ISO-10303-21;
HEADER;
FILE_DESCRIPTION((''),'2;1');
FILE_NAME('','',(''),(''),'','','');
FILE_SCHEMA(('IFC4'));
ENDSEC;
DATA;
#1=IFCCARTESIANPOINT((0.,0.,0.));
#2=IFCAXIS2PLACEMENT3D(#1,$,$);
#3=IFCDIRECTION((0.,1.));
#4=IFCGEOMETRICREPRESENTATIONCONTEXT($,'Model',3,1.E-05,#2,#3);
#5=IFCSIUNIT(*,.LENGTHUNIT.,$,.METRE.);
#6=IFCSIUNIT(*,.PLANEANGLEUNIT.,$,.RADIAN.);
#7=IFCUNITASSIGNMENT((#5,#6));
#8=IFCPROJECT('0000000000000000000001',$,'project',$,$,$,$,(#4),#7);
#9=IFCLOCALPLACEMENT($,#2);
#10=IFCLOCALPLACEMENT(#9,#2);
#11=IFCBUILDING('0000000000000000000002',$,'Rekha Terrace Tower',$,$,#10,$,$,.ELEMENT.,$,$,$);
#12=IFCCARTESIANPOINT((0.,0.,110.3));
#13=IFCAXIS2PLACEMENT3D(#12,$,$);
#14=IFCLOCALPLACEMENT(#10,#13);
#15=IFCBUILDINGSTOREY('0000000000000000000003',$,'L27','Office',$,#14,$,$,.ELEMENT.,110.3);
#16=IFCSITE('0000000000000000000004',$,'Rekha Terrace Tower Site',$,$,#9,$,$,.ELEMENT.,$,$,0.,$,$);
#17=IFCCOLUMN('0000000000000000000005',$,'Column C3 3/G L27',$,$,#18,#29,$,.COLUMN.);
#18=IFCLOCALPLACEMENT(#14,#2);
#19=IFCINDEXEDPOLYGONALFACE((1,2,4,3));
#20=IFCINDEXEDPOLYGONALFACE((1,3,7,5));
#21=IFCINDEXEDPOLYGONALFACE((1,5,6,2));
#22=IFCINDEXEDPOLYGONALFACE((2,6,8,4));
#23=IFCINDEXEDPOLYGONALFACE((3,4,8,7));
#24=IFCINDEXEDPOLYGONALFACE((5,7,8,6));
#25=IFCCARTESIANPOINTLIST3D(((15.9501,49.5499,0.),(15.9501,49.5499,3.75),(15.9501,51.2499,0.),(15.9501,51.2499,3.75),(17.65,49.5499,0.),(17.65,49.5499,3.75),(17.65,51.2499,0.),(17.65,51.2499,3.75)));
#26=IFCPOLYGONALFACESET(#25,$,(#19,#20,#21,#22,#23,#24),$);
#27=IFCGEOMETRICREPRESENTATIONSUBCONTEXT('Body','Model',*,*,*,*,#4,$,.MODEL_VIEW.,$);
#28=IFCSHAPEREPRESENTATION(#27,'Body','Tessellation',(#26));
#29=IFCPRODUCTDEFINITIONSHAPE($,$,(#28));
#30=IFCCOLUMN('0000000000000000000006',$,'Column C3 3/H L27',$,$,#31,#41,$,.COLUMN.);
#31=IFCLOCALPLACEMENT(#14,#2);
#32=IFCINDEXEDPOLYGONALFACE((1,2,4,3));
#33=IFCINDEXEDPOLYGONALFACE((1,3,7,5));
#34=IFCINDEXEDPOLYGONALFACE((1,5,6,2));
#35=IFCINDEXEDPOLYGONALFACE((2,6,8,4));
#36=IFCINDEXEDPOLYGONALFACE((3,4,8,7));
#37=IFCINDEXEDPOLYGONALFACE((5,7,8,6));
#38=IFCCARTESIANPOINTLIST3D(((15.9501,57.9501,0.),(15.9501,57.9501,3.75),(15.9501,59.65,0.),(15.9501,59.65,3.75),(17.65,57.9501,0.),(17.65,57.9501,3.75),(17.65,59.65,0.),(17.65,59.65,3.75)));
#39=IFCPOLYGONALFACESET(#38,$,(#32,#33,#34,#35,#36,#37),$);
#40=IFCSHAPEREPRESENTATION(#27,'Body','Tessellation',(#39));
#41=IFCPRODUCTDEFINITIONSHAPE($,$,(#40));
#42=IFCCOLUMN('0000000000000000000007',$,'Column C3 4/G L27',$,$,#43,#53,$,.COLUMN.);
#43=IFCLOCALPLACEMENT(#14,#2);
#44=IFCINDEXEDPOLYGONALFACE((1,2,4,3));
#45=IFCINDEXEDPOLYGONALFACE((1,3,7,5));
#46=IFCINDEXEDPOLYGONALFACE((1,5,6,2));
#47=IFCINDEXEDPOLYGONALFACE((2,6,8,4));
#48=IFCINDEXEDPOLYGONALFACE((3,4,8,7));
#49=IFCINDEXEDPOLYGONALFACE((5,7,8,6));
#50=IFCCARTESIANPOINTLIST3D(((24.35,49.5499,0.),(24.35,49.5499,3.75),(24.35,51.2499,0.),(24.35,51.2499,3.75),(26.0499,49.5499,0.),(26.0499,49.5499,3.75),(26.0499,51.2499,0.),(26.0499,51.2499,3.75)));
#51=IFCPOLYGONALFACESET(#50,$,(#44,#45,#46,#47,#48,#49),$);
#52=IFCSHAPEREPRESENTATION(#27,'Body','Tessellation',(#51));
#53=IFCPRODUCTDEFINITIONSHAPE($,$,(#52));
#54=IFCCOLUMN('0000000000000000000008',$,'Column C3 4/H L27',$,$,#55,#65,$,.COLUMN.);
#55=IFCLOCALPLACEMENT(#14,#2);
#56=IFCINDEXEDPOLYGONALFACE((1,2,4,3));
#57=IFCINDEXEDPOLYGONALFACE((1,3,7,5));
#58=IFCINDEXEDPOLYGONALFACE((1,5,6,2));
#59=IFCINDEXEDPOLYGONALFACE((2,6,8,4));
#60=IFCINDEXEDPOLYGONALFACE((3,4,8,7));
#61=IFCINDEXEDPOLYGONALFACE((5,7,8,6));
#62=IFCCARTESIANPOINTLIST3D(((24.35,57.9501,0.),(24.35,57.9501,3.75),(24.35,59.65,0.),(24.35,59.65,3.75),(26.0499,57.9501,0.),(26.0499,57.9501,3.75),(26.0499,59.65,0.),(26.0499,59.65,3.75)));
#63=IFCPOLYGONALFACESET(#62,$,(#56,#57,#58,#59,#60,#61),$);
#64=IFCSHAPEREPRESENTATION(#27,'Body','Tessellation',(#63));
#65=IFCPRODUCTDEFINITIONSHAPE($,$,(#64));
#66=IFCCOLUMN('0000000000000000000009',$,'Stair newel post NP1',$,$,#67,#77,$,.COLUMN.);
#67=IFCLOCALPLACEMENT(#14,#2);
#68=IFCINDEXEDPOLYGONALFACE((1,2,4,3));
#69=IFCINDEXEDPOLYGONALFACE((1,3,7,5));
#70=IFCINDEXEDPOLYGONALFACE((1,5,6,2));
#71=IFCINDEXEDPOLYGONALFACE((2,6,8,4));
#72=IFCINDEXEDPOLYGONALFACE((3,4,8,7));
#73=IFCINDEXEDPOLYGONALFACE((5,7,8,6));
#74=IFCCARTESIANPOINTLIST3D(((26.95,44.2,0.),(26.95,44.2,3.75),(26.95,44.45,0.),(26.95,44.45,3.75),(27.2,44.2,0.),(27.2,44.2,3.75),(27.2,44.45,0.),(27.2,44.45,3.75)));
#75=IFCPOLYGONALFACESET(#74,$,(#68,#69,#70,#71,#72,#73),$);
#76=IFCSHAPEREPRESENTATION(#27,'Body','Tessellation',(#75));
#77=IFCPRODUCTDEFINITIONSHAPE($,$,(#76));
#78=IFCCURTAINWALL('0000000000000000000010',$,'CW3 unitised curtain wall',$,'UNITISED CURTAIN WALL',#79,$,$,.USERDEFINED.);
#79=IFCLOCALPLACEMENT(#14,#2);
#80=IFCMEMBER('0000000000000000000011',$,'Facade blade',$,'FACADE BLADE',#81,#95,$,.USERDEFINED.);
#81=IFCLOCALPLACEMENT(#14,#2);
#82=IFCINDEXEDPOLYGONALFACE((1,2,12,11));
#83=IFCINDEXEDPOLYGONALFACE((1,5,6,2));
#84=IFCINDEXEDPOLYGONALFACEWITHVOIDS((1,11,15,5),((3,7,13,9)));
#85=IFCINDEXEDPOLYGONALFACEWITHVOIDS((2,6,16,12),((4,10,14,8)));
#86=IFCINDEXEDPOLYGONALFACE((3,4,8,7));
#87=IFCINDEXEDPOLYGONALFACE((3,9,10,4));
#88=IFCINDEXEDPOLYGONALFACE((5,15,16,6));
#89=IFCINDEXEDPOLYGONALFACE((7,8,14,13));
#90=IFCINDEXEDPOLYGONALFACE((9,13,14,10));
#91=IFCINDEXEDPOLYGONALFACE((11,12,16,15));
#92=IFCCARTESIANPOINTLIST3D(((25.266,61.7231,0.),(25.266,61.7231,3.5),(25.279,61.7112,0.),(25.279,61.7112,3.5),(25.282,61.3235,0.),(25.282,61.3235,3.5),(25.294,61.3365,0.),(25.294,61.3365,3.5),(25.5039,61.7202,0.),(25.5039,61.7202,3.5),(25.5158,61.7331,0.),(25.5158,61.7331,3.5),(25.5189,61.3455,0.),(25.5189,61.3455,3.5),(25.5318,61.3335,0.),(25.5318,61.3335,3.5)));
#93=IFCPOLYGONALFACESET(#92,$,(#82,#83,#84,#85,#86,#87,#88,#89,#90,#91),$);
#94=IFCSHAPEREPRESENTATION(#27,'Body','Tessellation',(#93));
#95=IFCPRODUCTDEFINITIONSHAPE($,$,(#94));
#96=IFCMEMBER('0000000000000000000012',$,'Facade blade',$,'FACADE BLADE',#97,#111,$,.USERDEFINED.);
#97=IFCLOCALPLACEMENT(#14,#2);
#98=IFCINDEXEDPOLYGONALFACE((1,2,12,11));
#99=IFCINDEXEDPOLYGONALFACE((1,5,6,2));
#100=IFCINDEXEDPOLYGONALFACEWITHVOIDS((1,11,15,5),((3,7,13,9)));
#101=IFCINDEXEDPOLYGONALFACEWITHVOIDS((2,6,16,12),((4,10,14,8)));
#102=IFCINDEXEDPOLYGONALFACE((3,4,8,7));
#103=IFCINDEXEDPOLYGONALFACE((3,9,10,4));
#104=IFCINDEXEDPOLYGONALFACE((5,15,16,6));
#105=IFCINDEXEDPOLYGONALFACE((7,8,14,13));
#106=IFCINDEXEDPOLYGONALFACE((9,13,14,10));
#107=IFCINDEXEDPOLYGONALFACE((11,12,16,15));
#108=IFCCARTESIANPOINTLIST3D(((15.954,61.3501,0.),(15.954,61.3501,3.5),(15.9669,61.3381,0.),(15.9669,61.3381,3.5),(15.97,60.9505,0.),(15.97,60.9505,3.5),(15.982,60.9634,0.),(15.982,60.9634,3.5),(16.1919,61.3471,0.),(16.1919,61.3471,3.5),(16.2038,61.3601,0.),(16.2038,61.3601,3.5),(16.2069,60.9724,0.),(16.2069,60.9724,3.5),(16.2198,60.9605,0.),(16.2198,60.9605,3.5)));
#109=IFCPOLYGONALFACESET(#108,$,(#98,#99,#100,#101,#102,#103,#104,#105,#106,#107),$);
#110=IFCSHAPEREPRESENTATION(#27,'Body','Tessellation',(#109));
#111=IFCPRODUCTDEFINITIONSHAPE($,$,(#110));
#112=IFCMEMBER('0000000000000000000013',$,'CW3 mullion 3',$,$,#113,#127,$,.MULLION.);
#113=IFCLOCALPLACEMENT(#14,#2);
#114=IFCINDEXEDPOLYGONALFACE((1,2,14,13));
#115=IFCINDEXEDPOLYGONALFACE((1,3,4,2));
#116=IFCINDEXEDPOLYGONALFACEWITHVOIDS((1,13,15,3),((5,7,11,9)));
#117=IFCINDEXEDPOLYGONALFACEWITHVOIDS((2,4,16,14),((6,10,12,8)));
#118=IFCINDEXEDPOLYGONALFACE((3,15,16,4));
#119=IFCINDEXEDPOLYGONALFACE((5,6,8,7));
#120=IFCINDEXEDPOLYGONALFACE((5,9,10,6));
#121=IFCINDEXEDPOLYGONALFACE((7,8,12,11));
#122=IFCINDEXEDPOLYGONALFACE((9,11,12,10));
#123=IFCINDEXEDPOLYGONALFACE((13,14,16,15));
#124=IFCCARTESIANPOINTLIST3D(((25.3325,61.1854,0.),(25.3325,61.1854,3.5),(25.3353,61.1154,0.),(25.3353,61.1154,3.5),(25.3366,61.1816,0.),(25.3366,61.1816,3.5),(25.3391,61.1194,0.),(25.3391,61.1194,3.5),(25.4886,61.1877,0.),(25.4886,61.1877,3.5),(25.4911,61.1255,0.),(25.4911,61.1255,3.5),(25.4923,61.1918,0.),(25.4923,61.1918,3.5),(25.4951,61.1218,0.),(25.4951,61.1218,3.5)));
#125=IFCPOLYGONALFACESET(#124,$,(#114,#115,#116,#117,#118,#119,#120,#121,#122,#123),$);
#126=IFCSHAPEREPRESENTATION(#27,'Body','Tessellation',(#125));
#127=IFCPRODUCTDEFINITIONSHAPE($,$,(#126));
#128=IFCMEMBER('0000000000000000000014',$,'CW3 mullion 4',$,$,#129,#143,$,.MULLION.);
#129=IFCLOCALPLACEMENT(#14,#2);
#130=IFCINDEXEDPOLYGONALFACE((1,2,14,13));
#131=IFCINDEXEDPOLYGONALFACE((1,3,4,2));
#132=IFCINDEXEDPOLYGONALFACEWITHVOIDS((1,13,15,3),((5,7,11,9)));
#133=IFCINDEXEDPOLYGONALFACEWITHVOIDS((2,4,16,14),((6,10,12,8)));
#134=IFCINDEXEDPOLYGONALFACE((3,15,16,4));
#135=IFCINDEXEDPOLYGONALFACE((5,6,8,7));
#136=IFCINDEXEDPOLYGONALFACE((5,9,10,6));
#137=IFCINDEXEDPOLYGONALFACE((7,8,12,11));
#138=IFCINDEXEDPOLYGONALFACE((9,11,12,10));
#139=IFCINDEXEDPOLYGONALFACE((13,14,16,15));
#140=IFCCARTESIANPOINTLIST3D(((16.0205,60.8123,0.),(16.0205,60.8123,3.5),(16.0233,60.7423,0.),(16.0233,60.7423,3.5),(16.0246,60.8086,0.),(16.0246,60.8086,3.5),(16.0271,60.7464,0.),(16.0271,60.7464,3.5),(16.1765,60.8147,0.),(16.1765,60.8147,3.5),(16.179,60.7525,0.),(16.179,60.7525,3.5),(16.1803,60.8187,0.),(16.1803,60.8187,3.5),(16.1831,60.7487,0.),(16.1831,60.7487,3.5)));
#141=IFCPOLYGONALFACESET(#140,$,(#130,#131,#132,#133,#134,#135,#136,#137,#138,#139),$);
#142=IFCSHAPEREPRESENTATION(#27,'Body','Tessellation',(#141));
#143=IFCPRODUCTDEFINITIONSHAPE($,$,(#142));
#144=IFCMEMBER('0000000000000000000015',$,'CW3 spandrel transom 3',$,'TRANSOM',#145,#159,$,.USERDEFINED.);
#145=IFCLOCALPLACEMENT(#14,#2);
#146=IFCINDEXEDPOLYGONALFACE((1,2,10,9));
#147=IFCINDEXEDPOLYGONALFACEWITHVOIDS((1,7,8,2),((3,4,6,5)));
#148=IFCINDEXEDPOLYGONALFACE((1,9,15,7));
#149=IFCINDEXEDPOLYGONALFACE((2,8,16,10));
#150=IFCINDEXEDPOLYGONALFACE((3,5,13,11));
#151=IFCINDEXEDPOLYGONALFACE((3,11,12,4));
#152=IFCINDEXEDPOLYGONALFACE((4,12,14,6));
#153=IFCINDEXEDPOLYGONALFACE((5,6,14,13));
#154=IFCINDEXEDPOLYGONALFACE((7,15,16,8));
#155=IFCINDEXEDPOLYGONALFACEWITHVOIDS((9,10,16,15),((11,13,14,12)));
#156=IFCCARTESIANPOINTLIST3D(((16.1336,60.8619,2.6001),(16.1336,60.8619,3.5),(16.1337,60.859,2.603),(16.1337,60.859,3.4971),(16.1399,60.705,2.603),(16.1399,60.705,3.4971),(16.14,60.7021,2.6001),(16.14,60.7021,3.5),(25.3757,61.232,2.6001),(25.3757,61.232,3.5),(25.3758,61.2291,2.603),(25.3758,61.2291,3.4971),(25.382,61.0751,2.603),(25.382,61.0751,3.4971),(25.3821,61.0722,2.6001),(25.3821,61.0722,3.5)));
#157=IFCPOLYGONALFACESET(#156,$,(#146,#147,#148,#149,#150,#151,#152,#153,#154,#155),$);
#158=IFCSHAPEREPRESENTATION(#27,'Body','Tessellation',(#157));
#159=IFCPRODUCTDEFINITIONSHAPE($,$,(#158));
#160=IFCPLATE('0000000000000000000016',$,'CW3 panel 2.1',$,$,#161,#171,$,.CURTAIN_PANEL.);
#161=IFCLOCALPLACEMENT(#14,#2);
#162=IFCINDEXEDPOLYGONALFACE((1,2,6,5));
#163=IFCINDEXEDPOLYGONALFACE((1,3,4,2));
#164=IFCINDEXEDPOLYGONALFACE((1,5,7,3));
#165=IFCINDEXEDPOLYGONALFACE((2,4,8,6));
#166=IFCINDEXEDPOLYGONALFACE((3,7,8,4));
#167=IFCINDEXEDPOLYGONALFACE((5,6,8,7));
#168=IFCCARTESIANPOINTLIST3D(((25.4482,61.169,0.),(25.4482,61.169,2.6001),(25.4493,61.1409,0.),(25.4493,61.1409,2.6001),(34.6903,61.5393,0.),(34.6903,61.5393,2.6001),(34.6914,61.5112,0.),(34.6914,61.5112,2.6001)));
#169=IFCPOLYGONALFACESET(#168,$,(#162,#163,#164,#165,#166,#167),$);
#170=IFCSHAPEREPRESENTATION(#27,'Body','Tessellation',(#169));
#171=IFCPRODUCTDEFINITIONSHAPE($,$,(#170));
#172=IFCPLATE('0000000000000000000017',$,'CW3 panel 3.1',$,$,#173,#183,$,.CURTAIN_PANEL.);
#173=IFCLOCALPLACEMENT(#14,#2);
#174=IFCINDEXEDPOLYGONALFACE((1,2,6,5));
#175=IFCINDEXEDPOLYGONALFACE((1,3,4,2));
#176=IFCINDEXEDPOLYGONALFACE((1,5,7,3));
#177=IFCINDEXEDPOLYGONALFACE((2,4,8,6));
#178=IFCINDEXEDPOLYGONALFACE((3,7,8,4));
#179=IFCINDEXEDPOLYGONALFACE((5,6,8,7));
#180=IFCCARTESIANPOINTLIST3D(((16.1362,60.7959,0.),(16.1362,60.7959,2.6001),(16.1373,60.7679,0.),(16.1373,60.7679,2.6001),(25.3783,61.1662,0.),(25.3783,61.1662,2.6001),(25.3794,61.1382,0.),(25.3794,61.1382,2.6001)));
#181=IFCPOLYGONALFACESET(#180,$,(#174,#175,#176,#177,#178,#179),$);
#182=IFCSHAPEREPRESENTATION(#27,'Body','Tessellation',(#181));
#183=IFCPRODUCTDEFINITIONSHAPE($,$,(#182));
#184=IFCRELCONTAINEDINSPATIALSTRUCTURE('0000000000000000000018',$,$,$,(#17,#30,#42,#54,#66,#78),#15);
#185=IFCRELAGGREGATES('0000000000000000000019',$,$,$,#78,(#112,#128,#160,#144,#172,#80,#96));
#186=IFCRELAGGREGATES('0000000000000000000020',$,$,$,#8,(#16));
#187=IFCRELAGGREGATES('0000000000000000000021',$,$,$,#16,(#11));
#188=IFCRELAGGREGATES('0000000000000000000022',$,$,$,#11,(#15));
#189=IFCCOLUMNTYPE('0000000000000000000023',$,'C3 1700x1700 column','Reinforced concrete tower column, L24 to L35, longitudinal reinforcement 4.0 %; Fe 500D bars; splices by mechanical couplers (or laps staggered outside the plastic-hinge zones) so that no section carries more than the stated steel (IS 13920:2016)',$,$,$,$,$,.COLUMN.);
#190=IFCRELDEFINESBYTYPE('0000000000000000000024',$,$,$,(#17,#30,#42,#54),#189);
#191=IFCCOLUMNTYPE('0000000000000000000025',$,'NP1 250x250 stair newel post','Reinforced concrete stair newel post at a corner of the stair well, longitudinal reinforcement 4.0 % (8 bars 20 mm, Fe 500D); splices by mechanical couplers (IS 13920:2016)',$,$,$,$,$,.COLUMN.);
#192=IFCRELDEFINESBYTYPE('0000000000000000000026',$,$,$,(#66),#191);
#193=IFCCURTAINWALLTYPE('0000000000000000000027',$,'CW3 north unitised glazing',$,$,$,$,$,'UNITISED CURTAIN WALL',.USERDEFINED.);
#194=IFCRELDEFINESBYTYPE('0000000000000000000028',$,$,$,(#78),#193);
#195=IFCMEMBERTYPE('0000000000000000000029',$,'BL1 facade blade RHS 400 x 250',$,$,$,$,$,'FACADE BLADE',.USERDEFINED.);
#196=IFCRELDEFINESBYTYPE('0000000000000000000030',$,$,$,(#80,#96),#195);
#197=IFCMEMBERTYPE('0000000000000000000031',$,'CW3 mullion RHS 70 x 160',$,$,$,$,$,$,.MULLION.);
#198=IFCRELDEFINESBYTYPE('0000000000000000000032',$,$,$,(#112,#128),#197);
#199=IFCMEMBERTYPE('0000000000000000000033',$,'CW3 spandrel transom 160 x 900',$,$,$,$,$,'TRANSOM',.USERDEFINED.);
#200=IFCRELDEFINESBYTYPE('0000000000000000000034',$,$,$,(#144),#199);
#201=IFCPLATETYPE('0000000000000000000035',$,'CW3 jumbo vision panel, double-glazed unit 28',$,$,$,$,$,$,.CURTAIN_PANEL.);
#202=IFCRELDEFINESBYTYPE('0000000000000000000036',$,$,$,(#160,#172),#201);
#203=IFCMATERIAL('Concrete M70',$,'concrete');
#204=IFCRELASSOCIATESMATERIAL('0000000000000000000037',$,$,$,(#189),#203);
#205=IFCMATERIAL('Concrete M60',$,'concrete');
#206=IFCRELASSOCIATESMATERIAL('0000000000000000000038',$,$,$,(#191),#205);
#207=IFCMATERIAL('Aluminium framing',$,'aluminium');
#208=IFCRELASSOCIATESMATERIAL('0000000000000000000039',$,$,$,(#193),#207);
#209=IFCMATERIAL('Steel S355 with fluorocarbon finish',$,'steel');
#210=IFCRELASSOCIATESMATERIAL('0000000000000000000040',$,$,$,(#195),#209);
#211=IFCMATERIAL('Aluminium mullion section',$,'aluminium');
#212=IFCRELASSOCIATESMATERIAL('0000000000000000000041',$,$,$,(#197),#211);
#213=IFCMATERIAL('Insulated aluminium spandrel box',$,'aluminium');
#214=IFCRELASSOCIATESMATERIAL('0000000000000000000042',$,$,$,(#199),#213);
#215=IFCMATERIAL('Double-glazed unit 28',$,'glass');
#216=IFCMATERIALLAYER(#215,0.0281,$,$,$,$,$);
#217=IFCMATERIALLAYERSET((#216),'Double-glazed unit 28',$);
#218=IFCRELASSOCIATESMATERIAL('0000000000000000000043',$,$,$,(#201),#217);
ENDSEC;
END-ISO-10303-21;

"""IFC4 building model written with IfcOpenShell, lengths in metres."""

from ifc_helpers import new_model, si_unit, direction, frame, origin, origin_2d, place, context, subcontext, project, spatial, rectangle, hollow_rectangle, extrude, material, layer, layer_set, material_profile, profile_set, type_object, element, aggregate, save


model = new_model("IFC4")

# Units and contexts
model_context = context("Model", 3, precision=1e-05, world=origin(), true_north=direction((0.0, 1.0)))
body_context = subcontext(model_context, "Body", "Model", "MODEL_VIEW")
ifc_project = project(units=[si_unit("LENGTHUNIT", "METRE"), si_unit("PLANEANGLEUNIT", "RADIAN")], contexts=[model_context])

# Site, building, storey
site_placement = place(None, origin())
site = spatial("IfcSite", under=ifc_project, at=site_placement, Name="Rekha Terrace Tower Site", CompositionType="ELEMENT", RefElevation=0.0)
building_placement = place(site_placement, origin())
building = spatial("IfcBuilding", under=site, at=building_placement, Name="Rekha Terrace Tower", CompositionType="ELEMENT")
storey_placement = place(building_placement, frame((0.0, 0.0, 110.3)))
storey = spatial("IfcBuildingStorey", under=building, at=storey_placement, Name="L27", Description="Office", CompositionType="ELEMENT", Elevation=110.3)

# Columns
ifc_material_1 = material(Name="Concrete M70", Category="concrete")
ifc_material_profile_1 = material_profile(ifc_material_1, rectangle(XDim=1.7, YDim=1.7, at=origin_2d()), Name="RC 1700x1700")
ifc_profile_set_1 = profile_set([ifc_material_profile_1], Name="Concrete M70")
column_type_1 = type_object("IfcColumnType", Name="C3 1700x1700 column", Description="Reinforced concrete tower column, L24 to L35, longitudinal reinforcement 4.0 %; Fe 500D bars; splices by mechanical couplers (or laps staggered outside the plastic-hinge zones) so that no section carries more than the stated steel (IS 13920:2016)", PredefinedType="COLUMN", material=ifc_profile_set_1)
for number, where, z_axis, x_axis, name in (
    (1, (16.8, 50.3999, 0.0), (0.0, 0.0, 1.0), (1.0, 0.0, 0.0), "Column C3 3/G L27"),
    (2, (16.8, 58.8, 0.0), (0.0, 0.0, 1.0), (1.0, 0.0, 0.0), "Column C3 3/H L27"),
    (3, (25.2, 50.3999, 0.0), (0.0, 0.0, 1.0), (1.0, 0.0, 0.0), "Column C3 4/G L27"),
    (4, (25.2, 58.8, 0.0), (0.0, 0.0, 1.0), (1.0, 0.0, 0.0), "Column C3 4/H L27"),
):
    element("IfcColumn", number, at=place(storey_placement, frame(where, z_axis=z_axis, x_axis=x_axis)), inside=storey, type_object=column_type_1, Name=name, PredefinedType="COLUMN", context=body_context, shape_type="SweptSolid", body=[
        extrude(rectangle(XDim=1.7, YDim=1.7, at=origin_2d()), origin(), (0.0, 0.0, 1.0), 3.75),
    ])
ifc_material_2 = material(Name="Concrete M60", Category="concrete")
ifc_material_profile_2 = material_profile(ifc_material_2, rectangle(XDim=0.25, YDim=0.25, at=origin_2d()), Name="RC 250x250")
ifc_profile_set_2 = profile_set([ifc_material_profile_2], Name="Concrete M60")
column_type_2 = type_object("IfcColumnType", Name="NP1 250x250 stair newel post", Description="Reinforced concrete stair newel post at a corner of the stair well, longitudinal reinforcement 4.0 % (8 bars 20 mm, Fe 500D); splices by mechanical couplers (IS 13920:2016)", PredefinedType="COLUMN", material=ifc_profile_set_2)
column_placement = place(storey_placement, frame((27.075, 44.325, 0.0), z_axis=(0.0, 0.0, 1.0), x_axis=(1.0, 0.0, 0.0)))
element("IfcColumn", 5, at=column_placement, inside=storey, type_object=column_type_2, Name="Stair newel post NP1", PredefinedType="COLUMN", context=body_context, shape_type="SweptSolid", body=[
    extrude(rectangle(XDim=0.25, YDim=0.25, at=origin_2d()), origin(), (0.0, 0.0, 1.0), 3.75),
])

# Curtain wall, members, plates
ifc_material_3 = material(Name="Aluminium framing", Category="aluminium")
curtain_wall_type = type_object("IfcCurtainWallType", Name="CW3 north unitised glazing", ElementType="UNITISED CURTAIN WALL", PredefinedType="USERDEFINED", material=ifc_material_3)
curtain_wall_placement = place(storey_placement, origin())
curtain_wall = element("IfcCurtainWall", 6, at=curtain_wall_placement, inside=storey, type_object=curtain_wall_type, Name="CW3 unitised curtain wall", ObjectType="UNITISED CURTAIN WALL", PredefinedType="USERDEFINED")
ifc_material_4 = material(Name="Steel S355 with fluorocarbon finish", Category="steel")
ifc_material_profile_3 = material_profile(ifc_material_4, hollow_rectangle(XDim=0.25, YDim=0.3999, WallThickness=0.0125, at=origin_2d()), Name="RHS400x250x12.5")
ifc_profile_set_3 = profile_set([ifc_material_profile_3], Name="Steel S355 with fluorocarbon finish")
member_type_1 = type_object("IfcMemberType", Name="BL1 facade blade RHS 400 x 250", ElementType="FACADE BLADE", PredefinedType="USERDEFINED", material=ifc_profile_set_3)
member_1_placement = place(storey_placement, frame((25.3989, 61.5283, 0.0), z_axis=(0.0, 0.0, 1.0), x_axis=(-0.999198, -0.040032, 0.0)))
member_1 = element("IfcMember", 7, at=member_1_placement, type_object=member_type_1, Name="Facade blade", ObjectType="FACADE BLADE", PredefinedType="USERDEFINED", context=body_context, shape_type="SweptSolid", body=[
    extrude(hollow_rectangle(XDim=0.25, YDim=0.3999, WallThickness=0.0125, at=origin_2d()), origin(), (0.0, 0.0, 1.0), 3.5),
])
member_2_placement = place(storey_placement, frame((16.0869, 61.1553, 0.0), z_axis=(0.0, 0.0, 1.0), x_axis=(-0.999198, -0.040032, 0.0)))
member_2 = element("IfcMember", 8, at=member_2_placement, type_object=member_type_1, Name="Facade blade", ObjectType="FACADE BLADE", PredefinedType="USERDEFINED", context=body_context, shape_type="SweptSolid", body=[
    extrude(hollow_rectangle(XDim=0.25, YDim=0.3999, WallThickness=0.0125, at=origin_2d()), origin(), (0.0, 0.0, 1.0), 3.5),
])
ifc_material_5 = material(Name="Aluminium mullion section", Category="aluminium")
ifc_material_profile_4 = material_profile(ifc_material_5, hollow_rectangle(XDim=0.0701, YDim=0.1599, WallThickness=0.0039, at=origin_2d()), Name="AL RHS 70x160")
ifc_profile_set_4 = profile_set([ifc_material_profile_4], Name="Aluminium mullion section")
member_type_2 = type_object("IfcMemberType", Name="CW3 mullion RHS 70 x 160", PredefinedType="MULLION", material=ifc_profile_set_4)
member_3_placement = place(storey_placement, frame((25.4138, 61.1536, 0.0), z_axis=(0.0, 0.0, 1.0), x_axis=(0.040032, -0.999198, 0.0)))
member_3 = element("IfcMember", 9, at=member_3_placement, type_object=member_type_2, Name="CW3 mullion 3", PredefinedType="MULLION", context=body_context, shape_type="SweptSolid", body=[
    extrude(hollow_rectangle(XDim=0.0701, YDim=0.1599, WallThickness=0.0039, at=origin_2d()), origin(), (0.0, 0.0, 1.0), 3.5),
])
member_4_placement = place(storey_placement, frame((16.1018, 60.7805, 0.0), z_axis=(0.0, 0.0, 1.0), x_axis=(0.040032, -0.999198, 0.0)))
member_4 = element("IfcMember", 10, at=member_4_placement, type_object=member_type_2, Name="CW3 mullion 4", PredefinedType="MULLION", context=body_context, shape_type="SweptSolid", body=[
    extrude(hollow_rectangle(XDim=0.0701, YDim=0.1599, WallThickness=0.0039, at=origin_2d()), origin(), (0.0, 0.0, 1.0), 3.5),
])
ifc_material_6 = material(Name="Insulated aluminium spandrel box", Category="aluminium")
ifc_material_profile_5 = material_profile(ifc_material_6, hollow_rectangle(XDim=0.1599, YDim=0.8999, WallThickness=0.0029, at=origin_2d()), Name="AL SPANDREL BOX 160x900")
ifc_profile_set_5 = profile_set([ifc_material_profile_5], Name="Insulated aluminium spandrel box")
member_type_3 = type_object("IfcMemberType", Name="CW3 spandrel transom 160 x 900", ElementType="TRANSOM", PredefinedType="USERDEFINED", material=ifc_profile_set_5)
member_5_placement = place(storey_placement, frame((25.3789, 61.1521, 3.05), z_axis=(-0.999199, -0.040014, 0.0), x_axis=(0.040014, -0.999199, 0.0)))
member_5 = element("IfcMember", 11, at=member_5_placement, type_object=member_type_3, Name="CW3 spandrel transom 3", ObjectType="TRANSOM", PredefinedType="USERDEFINED", context=body_context, shape_type="SweptSolid", body=[
    extrude(hollow_rectangle(XDim=0.1599, YDim=0.8999, WallThickness=0.0029, at=origin_2d()), origin(), (0.0, 0.0, 1.0), 9.2495),
])
ifc_material_7 = material(Name="Double-glazed unit 28", Category="glass")
ifc_layer_1 = layer(ifc_material_7, 0.0281)
ifc_layer_set_1 = layer_set([ifc_layer_1], Name="Double-glazed unit 28")
plate_type = type_object("IfcPlateType", Name="CW3 jumbo vision panel, double-glazed unit 28", PredefinedType="CURTAIN_PANEL", material=ifc_layer_set_1)
plate_1_placement = place(storey_placement, frame((30.0698, 61.3401, 0.0), z_axis=(0.0, 0.0, 1.0), x_axis=(-0.999198, -0.040032, 0.0)))
plate_1 = element("IfcPlate", 12, at=plate_1_placement, type_object=plate_type, Name="CW3 panel 2.1", PredefinedType="CURTAIN_PANEL", context=body_context, shape_type="SweptSolid", body=[
    extrude(rectangle(XDim=9.2495, YDim=0.0281, at=origin_2d()), origin(), (0.0, 0.0, 1.0), 2.6001),
])
plate_2_placement = place(storey_placement, frame((20.7578, 60.967, 0.0), z_axis=(0.0, 0.0, 1.0), x_axis=(-0.999198, -0.040032, 0.0)))
plate_2 = element("IfcPlate", 13, at=plate_2_placement, type_object=plate_type, Name="CW3 panel 3.1", PredefinedType="CURTAIN_PANEL", context=body_context, shape_type="SweptSolid", body=[
    extrude(rectangle(XDim=9.2495, YDim=0.0281, at=origin_2d()), origin(), (0.0, 0.0, 1.0), 2.6001),
])
aggregate(curtain_wall, [member_3, member_4, plate_1, member_5, plate_2, member_1, member_2])

save(model, "model.ifc")
